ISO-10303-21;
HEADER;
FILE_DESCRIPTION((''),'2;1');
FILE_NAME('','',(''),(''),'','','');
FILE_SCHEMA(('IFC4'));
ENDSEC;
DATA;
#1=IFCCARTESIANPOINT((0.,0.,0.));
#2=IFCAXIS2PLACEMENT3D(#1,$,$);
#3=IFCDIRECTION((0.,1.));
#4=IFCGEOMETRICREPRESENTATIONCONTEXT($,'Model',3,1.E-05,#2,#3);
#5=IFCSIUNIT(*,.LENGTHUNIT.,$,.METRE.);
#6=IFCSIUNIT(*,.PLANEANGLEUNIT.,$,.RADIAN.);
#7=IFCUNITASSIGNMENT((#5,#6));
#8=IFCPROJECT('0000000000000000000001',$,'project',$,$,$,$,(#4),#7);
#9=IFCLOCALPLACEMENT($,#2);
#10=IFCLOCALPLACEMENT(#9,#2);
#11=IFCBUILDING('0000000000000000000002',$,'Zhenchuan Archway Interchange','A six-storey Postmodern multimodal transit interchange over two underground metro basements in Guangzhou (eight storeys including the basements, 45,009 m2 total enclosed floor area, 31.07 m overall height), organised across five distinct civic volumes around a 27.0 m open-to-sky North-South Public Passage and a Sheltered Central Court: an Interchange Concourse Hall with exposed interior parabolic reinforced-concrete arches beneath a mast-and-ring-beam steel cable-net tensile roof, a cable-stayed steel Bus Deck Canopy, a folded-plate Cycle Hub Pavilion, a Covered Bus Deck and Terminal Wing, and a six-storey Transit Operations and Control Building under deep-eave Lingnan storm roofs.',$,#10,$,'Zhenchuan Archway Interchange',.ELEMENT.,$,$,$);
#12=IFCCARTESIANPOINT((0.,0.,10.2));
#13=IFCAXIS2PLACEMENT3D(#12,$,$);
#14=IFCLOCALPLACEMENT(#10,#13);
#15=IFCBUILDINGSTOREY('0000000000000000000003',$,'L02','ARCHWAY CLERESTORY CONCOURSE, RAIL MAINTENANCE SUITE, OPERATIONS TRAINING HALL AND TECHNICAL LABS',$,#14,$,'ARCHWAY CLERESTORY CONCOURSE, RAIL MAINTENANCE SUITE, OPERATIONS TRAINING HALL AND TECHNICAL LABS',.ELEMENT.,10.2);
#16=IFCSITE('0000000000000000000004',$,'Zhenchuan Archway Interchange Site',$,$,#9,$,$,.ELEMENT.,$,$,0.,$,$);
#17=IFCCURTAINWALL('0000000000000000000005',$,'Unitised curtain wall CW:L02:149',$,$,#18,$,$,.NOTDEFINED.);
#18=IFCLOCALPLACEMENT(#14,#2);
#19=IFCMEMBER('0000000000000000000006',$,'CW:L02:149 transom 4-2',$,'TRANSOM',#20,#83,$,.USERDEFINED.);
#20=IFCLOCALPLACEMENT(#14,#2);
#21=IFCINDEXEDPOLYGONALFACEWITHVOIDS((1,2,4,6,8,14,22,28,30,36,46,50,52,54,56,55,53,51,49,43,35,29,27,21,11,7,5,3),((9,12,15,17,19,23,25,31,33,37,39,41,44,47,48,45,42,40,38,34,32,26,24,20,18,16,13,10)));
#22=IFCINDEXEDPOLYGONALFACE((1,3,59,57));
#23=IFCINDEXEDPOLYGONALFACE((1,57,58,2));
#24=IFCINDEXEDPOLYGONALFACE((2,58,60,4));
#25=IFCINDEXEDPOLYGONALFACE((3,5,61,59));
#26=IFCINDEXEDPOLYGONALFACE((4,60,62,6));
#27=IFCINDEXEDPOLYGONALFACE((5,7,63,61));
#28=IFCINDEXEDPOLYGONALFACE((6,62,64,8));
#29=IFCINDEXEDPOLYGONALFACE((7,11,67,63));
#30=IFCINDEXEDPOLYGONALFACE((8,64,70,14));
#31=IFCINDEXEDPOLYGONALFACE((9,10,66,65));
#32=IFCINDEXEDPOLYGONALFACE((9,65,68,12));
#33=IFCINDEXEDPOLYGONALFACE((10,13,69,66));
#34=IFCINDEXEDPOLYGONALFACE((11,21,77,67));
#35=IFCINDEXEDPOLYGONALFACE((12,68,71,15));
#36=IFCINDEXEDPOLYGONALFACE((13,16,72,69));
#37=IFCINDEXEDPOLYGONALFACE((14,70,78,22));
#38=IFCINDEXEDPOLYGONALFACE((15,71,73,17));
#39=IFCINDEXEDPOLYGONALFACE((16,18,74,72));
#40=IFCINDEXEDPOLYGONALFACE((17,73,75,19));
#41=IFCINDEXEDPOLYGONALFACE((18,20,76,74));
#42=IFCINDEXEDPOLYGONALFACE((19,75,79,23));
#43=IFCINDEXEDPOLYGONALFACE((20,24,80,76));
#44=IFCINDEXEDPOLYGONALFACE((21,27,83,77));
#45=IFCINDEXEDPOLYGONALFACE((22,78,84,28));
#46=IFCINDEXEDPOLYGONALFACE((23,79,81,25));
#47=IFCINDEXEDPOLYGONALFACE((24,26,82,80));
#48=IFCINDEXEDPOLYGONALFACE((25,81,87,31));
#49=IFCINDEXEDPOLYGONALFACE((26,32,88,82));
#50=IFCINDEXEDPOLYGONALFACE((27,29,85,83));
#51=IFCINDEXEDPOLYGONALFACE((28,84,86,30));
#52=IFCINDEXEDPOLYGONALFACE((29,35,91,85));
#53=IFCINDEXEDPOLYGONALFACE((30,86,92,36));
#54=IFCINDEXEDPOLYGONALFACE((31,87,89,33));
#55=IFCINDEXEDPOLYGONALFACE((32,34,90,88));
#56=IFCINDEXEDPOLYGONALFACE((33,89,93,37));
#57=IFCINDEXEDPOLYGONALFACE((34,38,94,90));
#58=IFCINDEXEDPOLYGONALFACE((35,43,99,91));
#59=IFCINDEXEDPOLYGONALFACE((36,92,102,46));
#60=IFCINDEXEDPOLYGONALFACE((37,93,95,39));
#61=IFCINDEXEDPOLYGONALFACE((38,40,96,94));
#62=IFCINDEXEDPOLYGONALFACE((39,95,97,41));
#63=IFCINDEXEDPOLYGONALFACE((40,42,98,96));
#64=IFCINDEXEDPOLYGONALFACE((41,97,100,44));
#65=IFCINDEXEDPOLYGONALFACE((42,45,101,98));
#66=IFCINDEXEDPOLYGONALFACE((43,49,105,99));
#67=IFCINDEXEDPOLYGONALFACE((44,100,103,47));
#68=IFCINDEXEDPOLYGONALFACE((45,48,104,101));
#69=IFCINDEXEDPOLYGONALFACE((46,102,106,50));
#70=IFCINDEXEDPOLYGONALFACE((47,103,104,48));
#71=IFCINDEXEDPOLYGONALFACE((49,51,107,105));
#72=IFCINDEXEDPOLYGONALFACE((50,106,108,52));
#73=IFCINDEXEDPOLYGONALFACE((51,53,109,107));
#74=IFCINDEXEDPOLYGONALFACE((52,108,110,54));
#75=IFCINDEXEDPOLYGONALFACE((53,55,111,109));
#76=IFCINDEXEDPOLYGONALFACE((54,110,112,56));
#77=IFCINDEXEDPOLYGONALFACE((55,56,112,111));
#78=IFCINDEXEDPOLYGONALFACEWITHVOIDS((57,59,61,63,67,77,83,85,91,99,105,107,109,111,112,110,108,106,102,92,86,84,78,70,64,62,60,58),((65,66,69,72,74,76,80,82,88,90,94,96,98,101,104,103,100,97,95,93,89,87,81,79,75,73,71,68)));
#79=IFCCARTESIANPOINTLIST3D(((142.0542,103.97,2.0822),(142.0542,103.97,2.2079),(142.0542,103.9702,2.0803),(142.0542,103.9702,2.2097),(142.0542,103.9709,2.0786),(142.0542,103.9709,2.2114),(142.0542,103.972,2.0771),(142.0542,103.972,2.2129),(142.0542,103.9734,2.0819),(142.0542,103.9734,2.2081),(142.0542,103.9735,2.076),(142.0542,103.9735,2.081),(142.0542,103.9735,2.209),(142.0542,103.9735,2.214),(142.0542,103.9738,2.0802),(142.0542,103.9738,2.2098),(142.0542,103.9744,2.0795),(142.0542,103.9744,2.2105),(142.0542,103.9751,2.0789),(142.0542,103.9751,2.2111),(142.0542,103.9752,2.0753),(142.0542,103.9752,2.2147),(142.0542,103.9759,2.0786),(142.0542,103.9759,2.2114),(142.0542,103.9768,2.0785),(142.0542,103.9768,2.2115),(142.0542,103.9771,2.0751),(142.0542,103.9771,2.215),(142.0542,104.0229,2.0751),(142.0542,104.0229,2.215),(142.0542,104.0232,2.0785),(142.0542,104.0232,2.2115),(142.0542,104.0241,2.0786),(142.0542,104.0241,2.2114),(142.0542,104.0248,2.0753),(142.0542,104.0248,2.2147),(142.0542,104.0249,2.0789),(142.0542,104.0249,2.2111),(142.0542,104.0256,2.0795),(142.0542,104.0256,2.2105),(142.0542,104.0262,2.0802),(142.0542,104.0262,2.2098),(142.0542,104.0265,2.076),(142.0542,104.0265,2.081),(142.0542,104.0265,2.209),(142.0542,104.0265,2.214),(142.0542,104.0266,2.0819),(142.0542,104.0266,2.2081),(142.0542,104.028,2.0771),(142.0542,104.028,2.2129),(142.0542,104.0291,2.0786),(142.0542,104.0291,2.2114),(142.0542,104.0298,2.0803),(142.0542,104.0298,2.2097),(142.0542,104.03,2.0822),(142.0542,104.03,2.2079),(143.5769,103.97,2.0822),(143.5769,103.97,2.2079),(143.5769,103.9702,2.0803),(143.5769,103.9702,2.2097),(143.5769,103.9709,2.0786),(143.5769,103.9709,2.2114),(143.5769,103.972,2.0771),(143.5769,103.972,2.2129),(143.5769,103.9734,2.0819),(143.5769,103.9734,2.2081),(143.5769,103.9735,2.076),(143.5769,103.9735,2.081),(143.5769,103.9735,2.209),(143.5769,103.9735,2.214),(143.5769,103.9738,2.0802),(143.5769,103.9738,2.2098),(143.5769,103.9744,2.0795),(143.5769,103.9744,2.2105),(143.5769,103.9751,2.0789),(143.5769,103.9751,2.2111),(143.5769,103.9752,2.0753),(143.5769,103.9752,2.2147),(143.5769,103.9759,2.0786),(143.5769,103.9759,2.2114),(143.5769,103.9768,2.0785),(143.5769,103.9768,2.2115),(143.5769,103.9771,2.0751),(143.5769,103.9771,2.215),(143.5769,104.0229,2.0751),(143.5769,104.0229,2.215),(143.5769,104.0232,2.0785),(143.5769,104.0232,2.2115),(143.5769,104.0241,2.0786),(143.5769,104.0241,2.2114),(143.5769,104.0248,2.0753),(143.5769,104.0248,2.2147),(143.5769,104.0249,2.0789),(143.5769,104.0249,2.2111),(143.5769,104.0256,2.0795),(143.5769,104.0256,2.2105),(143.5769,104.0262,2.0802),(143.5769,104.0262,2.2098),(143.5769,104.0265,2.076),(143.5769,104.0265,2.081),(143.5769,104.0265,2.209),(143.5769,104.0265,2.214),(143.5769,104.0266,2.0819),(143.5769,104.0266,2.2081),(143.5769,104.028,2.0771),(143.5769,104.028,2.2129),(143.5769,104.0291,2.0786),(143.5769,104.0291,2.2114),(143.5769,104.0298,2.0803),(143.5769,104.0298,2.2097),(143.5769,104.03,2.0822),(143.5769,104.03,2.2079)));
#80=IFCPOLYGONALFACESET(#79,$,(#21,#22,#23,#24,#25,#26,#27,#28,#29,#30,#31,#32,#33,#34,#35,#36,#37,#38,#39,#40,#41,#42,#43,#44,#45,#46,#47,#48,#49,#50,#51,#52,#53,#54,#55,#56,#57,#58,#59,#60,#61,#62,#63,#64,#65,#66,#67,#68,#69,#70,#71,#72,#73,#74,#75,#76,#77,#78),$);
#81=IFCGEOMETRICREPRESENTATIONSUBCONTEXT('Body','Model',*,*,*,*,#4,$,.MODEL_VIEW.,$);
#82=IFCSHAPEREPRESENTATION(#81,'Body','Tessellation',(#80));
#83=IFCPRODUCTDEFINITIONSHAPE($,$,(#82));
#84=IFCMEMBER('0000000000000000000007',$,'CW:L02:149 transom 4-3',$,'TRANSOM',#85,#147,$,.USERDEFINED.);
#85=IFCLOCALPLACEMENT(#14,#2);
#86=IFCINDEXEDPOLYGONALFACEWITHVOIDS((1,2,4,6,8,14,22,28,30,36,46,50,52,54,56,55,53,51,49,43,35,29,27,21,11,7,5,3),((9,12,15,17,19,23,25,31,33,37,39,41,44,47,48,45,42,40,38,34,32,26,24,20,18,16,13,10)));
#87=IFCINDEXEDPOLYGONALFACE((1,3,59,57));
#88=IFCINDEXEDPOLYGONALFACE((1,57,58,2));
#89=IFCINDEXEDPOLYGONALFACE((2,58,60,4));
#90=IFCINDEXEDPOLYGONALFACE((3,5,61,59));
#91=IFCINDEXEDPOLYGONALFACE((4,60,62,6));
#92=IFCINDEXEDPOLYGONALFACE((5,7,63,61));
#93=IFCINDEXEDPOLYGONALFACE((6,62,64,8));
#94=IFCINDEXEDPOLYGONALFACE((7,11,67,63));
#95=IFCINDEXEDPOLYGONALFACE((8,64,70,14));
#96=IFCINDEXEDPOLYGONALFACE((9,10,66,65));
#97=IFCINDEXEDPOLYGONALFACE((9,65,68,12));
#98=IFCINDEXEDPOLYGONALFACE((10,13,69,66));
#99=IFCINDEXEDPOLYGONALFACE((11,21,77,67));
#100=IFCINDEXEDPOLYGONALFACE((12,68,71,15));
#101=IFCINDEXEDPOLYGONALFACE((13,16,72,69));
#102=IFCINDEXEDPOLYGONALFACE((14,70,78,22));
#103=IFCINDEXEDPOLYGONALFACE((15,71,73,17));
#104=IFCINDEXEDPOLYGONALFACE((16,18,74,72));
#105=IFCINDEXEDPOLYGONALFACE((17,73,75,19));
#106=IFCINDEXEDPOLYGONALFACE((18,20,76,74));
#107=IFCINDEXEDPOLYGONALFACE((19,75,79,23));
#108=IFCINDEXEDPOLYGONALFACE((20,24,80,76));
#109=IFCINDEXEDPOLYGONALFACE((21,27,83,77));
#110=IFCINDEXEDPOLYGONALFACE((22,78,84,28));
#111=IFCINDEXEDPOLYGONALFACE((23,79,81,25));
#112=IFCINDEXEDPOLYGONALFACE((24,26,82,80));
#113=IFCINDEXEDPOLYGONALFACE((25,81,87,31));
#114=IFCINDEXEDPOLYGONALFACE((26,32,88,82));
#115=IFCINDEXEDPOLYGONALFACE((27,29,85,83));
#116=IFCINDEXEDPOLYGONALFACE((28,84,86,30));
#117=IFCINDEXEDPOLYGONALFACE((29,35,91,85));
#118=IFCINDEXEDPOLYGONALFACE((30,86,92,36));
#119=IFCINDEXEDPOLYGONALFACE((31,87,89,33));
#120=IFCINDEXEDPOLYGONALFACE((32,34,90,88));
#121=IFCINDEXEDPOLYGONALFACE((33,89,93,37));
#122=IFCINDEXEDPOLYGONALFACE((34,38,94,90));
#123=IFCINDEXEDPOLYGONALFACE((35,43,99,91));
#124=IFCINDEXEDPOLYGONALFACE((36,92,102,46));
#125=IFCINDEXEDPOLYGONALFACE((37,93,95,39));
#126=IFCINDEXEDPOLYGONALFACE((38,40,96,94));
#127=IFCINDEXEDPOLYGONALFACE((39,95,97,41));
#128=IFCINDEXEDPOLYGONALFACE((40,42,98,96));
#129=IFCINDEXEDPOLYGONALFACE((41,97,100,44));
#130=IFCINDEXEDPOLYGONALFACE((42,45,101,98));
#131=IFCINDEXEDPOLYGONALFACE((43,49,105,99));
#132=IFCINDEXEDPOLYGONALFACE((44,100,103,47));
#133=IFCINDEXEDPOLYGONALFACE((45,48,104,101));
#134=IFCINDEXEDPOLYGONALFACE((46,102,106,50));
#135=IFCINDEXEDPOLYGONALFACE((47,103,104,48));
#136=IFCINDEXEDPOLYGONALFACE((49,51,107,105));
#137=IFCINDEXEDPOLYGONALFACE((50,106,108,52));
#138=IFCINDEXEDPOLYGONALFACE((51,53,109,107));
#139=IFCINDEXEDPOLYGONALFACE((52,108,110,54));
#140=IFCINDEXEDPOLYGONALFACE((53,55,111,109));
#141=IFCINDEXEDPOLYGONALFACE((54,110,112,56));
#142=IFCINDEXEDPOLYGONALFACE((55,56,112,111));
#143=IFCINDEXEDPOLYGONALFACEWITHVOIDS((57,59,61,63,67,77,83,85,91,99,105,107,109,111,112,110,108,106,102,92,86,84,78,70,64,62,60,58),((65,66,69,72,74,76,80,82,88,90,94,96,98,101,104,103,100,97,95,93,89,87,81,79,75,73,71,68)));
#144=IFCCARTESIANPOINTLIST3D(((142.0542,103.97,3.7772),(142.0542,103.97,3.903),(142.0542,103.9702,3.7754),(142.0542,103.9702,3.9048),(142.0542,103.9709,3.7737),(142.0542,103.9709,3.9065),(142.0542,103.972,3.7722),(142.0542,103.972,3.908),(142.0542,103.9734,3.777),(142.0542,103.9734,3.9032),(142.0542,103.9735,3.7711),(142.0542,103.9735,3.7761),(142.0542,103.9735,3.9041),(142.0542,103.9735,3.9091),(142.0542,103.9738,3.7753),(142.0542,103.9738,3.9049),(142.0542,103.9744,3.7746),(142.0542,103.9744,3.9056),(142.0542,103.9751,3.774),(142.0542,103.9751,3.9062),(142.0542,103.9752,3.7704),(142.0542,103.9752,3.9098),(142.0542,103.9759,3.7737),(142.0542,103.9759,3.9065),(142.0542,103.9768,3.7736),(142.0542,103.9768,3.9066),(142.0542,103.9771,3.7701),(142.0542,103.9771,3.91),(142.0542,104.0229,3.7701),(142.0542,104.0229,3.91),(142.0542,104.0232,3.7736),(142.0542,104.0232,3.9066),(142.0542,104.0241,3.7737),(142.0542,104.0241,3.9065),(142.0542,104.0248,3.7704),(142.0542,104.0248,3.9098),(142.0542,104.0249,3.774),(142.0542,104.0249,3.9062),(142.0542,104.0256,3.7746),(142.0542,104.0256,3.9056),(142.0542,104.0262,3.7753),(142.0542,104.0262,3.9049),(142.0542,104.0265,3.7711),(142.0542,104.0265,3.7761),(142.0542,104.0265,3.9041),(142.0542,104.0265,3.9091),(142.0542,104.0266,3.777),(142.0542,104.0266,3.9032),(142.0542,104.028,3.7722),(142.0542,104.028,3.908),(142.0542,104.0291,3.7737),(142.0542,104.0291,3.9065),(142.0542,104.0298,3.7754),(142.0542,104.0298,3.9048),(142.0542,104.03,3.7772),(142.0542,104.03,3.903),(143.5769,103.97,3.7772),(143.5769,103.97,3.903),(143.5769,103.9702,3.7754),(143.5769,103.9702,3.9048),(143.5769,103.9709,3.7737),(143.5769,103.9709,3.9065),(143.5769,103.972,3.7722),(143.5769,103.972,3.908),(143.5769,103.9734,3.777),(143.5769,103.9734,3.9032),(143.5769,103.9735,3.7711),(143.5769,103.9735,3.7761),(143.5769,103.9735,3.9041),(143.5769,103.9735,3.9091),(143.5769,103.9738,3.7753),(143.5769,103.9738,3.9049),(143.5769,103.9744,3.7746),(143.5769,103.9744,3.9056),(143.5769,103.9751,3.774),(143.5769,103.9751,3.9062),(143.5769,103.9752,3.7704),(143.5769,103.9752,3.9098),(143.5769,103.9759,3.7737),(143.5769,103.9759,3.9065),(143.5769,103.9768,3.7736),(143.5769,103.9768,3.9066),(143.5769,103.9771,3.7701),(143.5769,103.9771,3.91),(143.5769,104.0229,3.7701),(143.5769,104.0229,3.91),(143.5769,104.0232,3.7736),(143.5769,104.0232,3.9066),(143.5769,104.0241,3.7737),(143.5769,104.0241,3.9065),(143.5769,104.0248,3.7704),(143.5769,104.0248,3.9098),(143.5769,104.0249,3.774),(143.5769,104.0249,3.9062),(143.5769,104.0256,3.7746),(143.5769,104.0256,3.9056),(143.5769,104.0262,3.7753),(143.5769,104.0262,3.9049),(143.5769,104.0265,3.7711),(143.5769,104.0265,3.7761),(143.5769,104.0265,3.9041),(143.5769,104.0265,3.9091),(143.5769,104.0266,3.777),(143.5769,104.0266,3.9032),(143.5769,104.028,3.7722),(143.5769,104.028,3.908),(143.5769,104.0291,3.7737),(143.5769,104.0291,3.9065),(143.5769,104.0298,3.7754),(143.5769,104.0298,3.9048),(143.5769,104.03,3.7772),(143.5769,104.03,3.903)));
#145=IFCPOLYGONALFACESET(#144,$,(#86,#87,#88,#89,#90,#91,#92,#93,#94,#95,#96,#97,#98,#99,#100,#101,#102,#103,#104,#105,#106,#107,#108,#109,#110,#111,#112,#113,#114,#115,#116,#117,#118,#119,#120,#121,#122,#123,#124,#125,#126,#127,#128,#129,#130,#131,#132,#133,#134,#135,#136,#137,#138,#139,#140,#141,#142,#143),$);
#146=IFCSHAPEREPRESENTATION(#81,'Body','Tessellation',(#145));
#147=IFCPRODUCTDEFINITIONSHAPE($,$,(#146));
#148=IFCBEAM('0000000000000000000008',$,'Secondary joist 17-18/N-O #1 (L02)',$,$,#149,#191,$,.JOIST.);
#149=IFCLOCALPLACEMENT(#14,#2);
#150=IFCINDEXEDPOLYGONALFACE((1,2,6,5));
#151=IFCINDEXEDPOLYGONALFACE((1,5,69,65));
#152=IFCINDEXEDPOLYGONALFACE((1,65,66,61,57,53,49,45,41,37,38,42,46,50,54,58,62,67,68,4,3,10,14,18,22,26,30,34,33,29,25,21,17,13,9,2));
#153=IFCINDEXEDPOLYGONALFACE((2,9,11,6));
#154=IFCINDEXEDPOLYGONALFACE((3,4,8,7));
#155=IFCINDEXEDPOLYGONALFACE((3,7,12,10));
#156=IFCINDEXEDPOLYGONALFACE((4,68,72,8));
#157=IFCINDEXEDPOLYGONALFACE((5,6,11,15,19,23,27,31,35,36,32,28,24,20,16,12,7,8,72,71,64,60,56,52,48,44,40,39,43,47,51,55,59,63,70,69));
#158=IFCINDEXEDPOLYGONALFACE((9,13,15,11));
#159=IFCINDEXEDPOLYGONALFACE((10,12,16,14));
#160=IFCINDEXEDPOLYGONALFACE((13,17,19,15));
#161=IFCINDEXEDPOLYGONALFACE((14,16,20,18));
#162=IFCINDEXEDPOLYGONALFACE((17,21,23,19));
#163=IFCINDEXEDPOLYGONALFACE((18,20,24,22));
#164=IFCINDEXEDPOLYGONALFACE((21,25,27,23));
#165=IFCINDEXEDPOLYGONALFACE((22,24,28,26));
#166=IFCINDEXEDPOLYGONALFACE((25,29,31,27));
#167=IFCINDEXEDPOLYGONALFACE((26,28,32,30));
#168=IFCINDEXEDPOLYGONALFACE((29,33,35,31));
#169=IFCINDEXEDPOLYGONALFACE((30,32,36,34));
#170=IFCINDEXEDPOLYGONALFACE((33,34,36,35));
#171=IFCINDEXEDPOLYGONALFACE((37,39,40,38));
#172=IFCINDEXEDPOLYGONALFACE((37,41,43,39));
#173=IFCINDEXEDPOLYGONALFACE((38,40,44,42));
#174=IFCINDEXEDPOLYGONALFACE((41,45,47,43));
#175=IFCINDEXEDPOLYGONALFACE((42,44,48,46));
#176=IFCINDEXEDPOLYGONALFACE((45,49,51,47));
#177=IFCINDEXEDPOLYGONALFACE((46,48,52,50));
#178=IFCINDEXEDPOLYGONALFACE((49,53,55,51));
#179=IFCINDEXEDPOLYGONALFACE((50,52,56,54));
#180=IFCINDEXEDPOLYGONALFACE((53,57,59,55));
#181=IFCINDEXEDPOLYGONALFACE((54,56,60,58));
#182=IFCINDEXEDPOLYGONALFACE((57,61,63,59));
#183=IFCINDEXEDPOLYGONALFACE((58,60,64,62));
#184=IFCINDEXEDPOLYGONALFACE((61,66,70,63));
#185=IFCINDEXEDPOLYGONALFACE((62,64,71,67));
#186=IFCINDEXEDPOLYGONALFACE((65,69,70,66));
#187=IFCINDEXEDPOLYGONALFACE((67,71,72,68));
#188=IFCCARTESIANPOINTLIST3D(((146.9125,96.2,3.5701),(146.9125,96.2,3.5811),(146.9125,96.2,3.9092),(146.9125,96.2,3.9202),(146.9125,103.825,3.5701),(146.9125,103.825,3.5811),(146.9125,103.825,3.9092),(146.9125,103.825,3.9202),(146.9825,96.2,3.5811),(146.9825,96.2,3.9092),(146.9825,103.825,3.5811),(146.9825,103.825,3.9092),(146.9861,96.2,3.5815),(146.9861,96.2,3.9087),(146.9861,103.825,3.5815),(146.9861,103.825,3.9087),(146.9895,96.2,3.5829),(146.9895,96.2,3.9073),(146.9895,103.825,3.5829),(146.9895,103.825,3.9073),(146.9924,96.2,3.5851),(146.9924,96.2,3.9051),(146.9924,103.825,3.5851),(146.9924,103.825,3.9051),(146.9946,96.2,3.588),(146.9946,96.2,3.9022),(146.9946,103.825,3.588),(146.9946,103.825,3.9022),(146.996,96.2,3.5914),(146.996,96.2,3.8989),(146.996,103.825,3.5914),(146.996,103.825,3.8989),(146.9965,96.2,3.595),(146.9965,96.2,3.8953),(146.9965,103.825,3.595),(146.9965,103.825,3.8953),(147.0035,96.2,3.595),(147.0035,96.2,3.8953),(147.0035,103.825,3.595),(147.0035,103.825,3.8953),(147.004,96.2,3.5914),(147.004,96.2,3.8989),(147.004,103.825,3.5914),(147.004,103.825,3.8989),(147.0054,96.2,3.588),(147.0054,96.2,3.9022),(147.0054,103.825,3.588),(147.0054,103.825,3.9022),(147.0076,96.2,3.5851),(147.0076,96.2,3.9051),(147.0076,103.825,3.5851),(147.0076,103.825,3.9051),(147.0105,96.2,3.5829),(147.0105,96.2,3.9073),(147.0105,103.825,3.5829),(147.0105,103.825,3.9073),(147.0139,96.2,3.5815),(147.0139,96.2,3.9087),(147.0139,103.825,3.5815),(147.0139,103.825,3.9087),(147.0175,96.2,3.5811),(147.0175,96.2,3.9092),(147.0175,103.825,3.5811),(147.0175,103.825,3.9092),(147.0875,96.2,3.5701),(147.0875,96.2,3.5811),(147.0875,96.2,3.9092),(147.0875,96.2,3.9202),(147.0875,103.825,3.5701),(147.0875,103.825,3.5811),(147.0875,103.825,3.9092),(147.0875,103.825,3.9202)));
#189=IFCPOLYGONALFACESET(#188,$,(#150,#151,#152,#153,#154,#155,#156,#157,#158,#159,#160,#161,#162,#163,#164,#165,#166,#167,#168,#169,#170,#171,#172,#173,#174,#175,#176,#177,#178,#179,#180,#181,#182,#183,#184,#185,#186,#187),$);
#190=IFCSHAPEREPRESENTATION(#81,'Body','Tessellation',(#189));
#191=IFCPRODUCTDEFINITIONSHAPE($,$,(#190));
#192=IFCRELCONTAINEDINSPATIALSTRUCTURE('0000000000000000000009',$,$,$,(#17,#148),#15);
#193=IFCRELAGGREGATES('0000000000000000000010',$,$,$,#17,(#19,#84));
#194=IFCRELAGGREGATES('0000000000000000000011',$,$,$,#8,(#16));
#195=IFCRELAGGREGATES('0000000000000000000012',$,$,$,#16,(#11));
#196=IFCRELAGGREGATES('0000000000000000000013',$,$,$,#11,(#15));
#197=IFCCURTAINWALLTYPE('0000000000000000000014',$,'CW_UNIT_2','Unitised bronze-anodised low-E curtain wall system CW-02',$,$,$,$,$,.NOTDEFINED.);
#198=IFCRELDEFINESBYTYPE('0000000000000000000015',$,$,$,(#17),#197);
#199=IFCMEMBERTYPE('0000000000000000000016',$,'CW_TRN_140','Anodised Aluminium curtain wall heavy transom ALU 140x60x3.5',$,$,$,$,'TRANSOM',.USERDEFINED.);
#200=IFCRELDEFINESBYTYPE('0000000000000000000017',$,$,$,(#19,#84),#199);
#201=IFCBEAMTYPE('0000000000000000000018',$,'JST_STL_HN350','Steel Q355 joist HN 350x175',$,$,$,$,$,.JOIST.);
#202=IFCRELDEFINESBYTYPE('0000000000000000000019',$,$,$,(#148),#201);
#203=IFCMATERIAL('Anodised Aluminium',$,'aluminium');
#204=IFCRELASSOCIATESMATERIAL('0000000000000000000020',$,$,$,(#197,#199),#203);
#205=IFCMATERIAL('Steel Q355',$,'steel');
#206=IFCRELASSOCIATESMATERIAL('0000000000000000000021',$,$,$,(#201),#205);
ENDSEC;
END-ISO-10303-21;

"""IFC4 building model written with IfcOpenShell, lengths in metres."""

from ifc_helpers import new_model, si_unit, direction, frame, origin, origin_2d, place, context, subcontext, project, spatial, hollow_rectangle, i_section, extrude, material, material_profile, profile_set, type_object, element, aggregate, save


model = new_model("IFC4")

# Units and contexts
model_context = context("Model", 3, precision=1e-05, world=origin(), true_north=direction((0.0, 1.0)))
body_context = subcontext(model_context, "Body", "Model", "MODEL_VIEW")
ifc_project = project(units=[si_unit("LENGTHUNIT", "METRE"), si_unit("PLANEANGLEUNIT", "RADIAN")], contexts=[model_context])

# Site, building, storey
site_placement = place(None, origin())
site = spatial("IfcSite", under=ifc_project, at=site_placement, Name="Zhenchuan Archway Interchange Site", CompositionType="ELEMENT", RefElevation=0.0)
building_placement = place(site_placement, origin())
building = spatial("IfcBuilding", under=site, at=building_placement, Name="Zhenchuan Archway Interchange", Description="A six-storey Postmodern multimodal transit interchange over two underground metro basements in Guangzhou (eight storeys including the basements, 45,009 m2 total enclosed floor area, 31.07 m overall height), organised across five distinct civic volumes around a 27.0 m open-to-sky North-South Public Passage and a Sheltered Central Court: an Interchange Concourse Hall with exposed interior parabolic reinforced-concrete arches beneath a mast-and-ring-beam steel cable-net tensile roof, a cable-stayed steel Bus Deck Canopy, a folded-plate Cycle Hub Pavilion, a Covered Bus Deck and Terminal Wing, and a six-storey Transit Operations and Control Building under deep-eave Lingnan storm roofs.", LongName="Zhenchuan Archway Interchange", CompositionType="ELEMENT")
storey_placement = place(building_placement, frame((0.0, 0.0, 10.2)))
storey = spatial("IfcBuildingStorey", under=building, at=storey_placement, Name="L02", Description="ARCHWAY CLERESTORY CONCOURSE, RAIL MAINTENANCE SUITE, OPERATIONS TRAINING HALL AND TECHNICAL LABS", LongName="ARCHWAY CLERESTORY CONCOURSE, RAIL MAINTENANCE SUITE, OPERATIONS TRAINING HALL AND TECHNICAL LABS", CompositionType="ELEMENT", Elevation=10.2)

# Curtain wall, members
ifc_material_1 = material(Name="Anodised Aluminium", Category="aluminium")
curtain_wall_type = type_object("IfcCurtainWallType", Name="CW_UNIT_2", Description="Unitised bronze-anodised low-E curtain wall system CW-02", PredefinedType="NOTDEFINED", material=ifc_material_1)
curtain_wall_placement = place(storey_placement, origin())
curtain_wall = element("IfcCurtainWall", 1, at=curtain_wall_placement, inside=storey, type_object=curtain_wall_type, Name="Unitised curtain wall CW:L02:149", PredefinedType="NOTDEFINED")
ifc_material_profile_1 = material_profile(ifc_material_1, hollow_rectangle(XDim=0.0601, YDim=0.1399, WallThickness=0.0034, InnerFilletRadius=0.0034, OuterFilletRadius=0.0071, at=origin_2d()), Name="ALU 140x60x3.5")
ifc_profile_set_1 = profile_set([ifc_material_profile_1], Name="Anodised Aluminium")
member_type_1 = type_object("IfcMemberType", Name="CW_TRN_140", Description="Anodised Aluminium curtain wall heavy transom ALU 140x60x3.5", ElementType="TRANSOM", PredefinedType="USERDEFINED", material=ifc_profile_set_1)
member_1_placement = place(storey_placement, frame((142.0542, 104.0, 2.145), z_axis=(1.0, 0.0, 0.0), x_axis=(0.0, 1.0, 0.0)))
member_1 = element("IfcMember", 2, at=member_1_placement, type_object=member_type_1, Name="CW:L02:149 transom 4-2", ObjectType="TRANSOM", PredefinedType="USERDEFINED", context=body_context, shape_type="SweptSolid", body=[
    extrude(hollow_rectangle(XDim=0.0601, YDim=0.1399, WallThickness=0.0034, InnerFilletRadius=0.0034, OuterFilletRadius=0.0071, at=origin_2d()), origin(), (0.0, 0.0, 1.0), 1.5227),
])
member_2_placement = place(storey_placement, frame((142.0542, 104.0, 3.8401), z_axis=(1.0, 0.0, 0.0), x_axis=(0.0, 1.0, 0.0)))
member_2 = element("IfcMember", 3, at=member_2_placement, type_object=member_type_1, Name="CW:L02:149 transom 4-3", ObjectType="TRANSOM", PredefinedType="USERDEFINED", context=body_context, shape_type="SweptSolid", body=[
    extrude(hollow_rectangle(XDim=0.0601, YDim=0.1399, WallThickness=0.0034, InnerFilletRadius=0.0034, OuterFilletRadius=0.0071, at=origin_2d()), origin(), (0.0, 0.0, 1.0), 1.5227),
])

# Beam
ifc_material_2 = material(Name="Steel Q355", Category="steel")
ifc_material_profile_2 = material_profile(ifc_material_2, i_section(OverallWidth=0.175, OverallDepth=0.3501, WebThickness=0.0071, FlangeThickness=0.011, FilletRadius=0.0139, at=origin_2d()), Name="HN 350x175")
ifc_profile_set_2 = profile_set([ifc_material_profile_2], Name="Steel Q355")
beam_type_1 = type_object("IfcBeamType", Name="JST_STL_HN350", Description="Steel Q355 joist HN 350x175", PredefinedType="JOIST", material=ifc_profile_set_2)
for number, where, z_axis, x_axis, name in (
    (4, (147.0, 96.2, 3.7451), (0.0, 1.0, 0.0), (-1.0, 0.0, 0.0), "Secondary joist 17-18/N-O #1 (L02)"),
):
    element("IfcBeam", number, at=place(storey_placement, frame(where, z_axis=z_axis, x_axis=x_axis)), inside=storey, type_object=beam_type_1, Name=name, PredefinedType="JOIST", context=body_context, shape_type="SweptSolid", body=[
        extrude(i_section(OverallWidth=0.175, OverallDepth=0.3501, WebThickness=0.0071, FlangeThickness=0.011, FilletRadius=0.0139, at=origin_2d()), origin(), (0.0, 0.0, 1.0), 7.625),
    ])

aggregate(curtain_wall, [member_1, member_2])

save(model, "model.ifc")
